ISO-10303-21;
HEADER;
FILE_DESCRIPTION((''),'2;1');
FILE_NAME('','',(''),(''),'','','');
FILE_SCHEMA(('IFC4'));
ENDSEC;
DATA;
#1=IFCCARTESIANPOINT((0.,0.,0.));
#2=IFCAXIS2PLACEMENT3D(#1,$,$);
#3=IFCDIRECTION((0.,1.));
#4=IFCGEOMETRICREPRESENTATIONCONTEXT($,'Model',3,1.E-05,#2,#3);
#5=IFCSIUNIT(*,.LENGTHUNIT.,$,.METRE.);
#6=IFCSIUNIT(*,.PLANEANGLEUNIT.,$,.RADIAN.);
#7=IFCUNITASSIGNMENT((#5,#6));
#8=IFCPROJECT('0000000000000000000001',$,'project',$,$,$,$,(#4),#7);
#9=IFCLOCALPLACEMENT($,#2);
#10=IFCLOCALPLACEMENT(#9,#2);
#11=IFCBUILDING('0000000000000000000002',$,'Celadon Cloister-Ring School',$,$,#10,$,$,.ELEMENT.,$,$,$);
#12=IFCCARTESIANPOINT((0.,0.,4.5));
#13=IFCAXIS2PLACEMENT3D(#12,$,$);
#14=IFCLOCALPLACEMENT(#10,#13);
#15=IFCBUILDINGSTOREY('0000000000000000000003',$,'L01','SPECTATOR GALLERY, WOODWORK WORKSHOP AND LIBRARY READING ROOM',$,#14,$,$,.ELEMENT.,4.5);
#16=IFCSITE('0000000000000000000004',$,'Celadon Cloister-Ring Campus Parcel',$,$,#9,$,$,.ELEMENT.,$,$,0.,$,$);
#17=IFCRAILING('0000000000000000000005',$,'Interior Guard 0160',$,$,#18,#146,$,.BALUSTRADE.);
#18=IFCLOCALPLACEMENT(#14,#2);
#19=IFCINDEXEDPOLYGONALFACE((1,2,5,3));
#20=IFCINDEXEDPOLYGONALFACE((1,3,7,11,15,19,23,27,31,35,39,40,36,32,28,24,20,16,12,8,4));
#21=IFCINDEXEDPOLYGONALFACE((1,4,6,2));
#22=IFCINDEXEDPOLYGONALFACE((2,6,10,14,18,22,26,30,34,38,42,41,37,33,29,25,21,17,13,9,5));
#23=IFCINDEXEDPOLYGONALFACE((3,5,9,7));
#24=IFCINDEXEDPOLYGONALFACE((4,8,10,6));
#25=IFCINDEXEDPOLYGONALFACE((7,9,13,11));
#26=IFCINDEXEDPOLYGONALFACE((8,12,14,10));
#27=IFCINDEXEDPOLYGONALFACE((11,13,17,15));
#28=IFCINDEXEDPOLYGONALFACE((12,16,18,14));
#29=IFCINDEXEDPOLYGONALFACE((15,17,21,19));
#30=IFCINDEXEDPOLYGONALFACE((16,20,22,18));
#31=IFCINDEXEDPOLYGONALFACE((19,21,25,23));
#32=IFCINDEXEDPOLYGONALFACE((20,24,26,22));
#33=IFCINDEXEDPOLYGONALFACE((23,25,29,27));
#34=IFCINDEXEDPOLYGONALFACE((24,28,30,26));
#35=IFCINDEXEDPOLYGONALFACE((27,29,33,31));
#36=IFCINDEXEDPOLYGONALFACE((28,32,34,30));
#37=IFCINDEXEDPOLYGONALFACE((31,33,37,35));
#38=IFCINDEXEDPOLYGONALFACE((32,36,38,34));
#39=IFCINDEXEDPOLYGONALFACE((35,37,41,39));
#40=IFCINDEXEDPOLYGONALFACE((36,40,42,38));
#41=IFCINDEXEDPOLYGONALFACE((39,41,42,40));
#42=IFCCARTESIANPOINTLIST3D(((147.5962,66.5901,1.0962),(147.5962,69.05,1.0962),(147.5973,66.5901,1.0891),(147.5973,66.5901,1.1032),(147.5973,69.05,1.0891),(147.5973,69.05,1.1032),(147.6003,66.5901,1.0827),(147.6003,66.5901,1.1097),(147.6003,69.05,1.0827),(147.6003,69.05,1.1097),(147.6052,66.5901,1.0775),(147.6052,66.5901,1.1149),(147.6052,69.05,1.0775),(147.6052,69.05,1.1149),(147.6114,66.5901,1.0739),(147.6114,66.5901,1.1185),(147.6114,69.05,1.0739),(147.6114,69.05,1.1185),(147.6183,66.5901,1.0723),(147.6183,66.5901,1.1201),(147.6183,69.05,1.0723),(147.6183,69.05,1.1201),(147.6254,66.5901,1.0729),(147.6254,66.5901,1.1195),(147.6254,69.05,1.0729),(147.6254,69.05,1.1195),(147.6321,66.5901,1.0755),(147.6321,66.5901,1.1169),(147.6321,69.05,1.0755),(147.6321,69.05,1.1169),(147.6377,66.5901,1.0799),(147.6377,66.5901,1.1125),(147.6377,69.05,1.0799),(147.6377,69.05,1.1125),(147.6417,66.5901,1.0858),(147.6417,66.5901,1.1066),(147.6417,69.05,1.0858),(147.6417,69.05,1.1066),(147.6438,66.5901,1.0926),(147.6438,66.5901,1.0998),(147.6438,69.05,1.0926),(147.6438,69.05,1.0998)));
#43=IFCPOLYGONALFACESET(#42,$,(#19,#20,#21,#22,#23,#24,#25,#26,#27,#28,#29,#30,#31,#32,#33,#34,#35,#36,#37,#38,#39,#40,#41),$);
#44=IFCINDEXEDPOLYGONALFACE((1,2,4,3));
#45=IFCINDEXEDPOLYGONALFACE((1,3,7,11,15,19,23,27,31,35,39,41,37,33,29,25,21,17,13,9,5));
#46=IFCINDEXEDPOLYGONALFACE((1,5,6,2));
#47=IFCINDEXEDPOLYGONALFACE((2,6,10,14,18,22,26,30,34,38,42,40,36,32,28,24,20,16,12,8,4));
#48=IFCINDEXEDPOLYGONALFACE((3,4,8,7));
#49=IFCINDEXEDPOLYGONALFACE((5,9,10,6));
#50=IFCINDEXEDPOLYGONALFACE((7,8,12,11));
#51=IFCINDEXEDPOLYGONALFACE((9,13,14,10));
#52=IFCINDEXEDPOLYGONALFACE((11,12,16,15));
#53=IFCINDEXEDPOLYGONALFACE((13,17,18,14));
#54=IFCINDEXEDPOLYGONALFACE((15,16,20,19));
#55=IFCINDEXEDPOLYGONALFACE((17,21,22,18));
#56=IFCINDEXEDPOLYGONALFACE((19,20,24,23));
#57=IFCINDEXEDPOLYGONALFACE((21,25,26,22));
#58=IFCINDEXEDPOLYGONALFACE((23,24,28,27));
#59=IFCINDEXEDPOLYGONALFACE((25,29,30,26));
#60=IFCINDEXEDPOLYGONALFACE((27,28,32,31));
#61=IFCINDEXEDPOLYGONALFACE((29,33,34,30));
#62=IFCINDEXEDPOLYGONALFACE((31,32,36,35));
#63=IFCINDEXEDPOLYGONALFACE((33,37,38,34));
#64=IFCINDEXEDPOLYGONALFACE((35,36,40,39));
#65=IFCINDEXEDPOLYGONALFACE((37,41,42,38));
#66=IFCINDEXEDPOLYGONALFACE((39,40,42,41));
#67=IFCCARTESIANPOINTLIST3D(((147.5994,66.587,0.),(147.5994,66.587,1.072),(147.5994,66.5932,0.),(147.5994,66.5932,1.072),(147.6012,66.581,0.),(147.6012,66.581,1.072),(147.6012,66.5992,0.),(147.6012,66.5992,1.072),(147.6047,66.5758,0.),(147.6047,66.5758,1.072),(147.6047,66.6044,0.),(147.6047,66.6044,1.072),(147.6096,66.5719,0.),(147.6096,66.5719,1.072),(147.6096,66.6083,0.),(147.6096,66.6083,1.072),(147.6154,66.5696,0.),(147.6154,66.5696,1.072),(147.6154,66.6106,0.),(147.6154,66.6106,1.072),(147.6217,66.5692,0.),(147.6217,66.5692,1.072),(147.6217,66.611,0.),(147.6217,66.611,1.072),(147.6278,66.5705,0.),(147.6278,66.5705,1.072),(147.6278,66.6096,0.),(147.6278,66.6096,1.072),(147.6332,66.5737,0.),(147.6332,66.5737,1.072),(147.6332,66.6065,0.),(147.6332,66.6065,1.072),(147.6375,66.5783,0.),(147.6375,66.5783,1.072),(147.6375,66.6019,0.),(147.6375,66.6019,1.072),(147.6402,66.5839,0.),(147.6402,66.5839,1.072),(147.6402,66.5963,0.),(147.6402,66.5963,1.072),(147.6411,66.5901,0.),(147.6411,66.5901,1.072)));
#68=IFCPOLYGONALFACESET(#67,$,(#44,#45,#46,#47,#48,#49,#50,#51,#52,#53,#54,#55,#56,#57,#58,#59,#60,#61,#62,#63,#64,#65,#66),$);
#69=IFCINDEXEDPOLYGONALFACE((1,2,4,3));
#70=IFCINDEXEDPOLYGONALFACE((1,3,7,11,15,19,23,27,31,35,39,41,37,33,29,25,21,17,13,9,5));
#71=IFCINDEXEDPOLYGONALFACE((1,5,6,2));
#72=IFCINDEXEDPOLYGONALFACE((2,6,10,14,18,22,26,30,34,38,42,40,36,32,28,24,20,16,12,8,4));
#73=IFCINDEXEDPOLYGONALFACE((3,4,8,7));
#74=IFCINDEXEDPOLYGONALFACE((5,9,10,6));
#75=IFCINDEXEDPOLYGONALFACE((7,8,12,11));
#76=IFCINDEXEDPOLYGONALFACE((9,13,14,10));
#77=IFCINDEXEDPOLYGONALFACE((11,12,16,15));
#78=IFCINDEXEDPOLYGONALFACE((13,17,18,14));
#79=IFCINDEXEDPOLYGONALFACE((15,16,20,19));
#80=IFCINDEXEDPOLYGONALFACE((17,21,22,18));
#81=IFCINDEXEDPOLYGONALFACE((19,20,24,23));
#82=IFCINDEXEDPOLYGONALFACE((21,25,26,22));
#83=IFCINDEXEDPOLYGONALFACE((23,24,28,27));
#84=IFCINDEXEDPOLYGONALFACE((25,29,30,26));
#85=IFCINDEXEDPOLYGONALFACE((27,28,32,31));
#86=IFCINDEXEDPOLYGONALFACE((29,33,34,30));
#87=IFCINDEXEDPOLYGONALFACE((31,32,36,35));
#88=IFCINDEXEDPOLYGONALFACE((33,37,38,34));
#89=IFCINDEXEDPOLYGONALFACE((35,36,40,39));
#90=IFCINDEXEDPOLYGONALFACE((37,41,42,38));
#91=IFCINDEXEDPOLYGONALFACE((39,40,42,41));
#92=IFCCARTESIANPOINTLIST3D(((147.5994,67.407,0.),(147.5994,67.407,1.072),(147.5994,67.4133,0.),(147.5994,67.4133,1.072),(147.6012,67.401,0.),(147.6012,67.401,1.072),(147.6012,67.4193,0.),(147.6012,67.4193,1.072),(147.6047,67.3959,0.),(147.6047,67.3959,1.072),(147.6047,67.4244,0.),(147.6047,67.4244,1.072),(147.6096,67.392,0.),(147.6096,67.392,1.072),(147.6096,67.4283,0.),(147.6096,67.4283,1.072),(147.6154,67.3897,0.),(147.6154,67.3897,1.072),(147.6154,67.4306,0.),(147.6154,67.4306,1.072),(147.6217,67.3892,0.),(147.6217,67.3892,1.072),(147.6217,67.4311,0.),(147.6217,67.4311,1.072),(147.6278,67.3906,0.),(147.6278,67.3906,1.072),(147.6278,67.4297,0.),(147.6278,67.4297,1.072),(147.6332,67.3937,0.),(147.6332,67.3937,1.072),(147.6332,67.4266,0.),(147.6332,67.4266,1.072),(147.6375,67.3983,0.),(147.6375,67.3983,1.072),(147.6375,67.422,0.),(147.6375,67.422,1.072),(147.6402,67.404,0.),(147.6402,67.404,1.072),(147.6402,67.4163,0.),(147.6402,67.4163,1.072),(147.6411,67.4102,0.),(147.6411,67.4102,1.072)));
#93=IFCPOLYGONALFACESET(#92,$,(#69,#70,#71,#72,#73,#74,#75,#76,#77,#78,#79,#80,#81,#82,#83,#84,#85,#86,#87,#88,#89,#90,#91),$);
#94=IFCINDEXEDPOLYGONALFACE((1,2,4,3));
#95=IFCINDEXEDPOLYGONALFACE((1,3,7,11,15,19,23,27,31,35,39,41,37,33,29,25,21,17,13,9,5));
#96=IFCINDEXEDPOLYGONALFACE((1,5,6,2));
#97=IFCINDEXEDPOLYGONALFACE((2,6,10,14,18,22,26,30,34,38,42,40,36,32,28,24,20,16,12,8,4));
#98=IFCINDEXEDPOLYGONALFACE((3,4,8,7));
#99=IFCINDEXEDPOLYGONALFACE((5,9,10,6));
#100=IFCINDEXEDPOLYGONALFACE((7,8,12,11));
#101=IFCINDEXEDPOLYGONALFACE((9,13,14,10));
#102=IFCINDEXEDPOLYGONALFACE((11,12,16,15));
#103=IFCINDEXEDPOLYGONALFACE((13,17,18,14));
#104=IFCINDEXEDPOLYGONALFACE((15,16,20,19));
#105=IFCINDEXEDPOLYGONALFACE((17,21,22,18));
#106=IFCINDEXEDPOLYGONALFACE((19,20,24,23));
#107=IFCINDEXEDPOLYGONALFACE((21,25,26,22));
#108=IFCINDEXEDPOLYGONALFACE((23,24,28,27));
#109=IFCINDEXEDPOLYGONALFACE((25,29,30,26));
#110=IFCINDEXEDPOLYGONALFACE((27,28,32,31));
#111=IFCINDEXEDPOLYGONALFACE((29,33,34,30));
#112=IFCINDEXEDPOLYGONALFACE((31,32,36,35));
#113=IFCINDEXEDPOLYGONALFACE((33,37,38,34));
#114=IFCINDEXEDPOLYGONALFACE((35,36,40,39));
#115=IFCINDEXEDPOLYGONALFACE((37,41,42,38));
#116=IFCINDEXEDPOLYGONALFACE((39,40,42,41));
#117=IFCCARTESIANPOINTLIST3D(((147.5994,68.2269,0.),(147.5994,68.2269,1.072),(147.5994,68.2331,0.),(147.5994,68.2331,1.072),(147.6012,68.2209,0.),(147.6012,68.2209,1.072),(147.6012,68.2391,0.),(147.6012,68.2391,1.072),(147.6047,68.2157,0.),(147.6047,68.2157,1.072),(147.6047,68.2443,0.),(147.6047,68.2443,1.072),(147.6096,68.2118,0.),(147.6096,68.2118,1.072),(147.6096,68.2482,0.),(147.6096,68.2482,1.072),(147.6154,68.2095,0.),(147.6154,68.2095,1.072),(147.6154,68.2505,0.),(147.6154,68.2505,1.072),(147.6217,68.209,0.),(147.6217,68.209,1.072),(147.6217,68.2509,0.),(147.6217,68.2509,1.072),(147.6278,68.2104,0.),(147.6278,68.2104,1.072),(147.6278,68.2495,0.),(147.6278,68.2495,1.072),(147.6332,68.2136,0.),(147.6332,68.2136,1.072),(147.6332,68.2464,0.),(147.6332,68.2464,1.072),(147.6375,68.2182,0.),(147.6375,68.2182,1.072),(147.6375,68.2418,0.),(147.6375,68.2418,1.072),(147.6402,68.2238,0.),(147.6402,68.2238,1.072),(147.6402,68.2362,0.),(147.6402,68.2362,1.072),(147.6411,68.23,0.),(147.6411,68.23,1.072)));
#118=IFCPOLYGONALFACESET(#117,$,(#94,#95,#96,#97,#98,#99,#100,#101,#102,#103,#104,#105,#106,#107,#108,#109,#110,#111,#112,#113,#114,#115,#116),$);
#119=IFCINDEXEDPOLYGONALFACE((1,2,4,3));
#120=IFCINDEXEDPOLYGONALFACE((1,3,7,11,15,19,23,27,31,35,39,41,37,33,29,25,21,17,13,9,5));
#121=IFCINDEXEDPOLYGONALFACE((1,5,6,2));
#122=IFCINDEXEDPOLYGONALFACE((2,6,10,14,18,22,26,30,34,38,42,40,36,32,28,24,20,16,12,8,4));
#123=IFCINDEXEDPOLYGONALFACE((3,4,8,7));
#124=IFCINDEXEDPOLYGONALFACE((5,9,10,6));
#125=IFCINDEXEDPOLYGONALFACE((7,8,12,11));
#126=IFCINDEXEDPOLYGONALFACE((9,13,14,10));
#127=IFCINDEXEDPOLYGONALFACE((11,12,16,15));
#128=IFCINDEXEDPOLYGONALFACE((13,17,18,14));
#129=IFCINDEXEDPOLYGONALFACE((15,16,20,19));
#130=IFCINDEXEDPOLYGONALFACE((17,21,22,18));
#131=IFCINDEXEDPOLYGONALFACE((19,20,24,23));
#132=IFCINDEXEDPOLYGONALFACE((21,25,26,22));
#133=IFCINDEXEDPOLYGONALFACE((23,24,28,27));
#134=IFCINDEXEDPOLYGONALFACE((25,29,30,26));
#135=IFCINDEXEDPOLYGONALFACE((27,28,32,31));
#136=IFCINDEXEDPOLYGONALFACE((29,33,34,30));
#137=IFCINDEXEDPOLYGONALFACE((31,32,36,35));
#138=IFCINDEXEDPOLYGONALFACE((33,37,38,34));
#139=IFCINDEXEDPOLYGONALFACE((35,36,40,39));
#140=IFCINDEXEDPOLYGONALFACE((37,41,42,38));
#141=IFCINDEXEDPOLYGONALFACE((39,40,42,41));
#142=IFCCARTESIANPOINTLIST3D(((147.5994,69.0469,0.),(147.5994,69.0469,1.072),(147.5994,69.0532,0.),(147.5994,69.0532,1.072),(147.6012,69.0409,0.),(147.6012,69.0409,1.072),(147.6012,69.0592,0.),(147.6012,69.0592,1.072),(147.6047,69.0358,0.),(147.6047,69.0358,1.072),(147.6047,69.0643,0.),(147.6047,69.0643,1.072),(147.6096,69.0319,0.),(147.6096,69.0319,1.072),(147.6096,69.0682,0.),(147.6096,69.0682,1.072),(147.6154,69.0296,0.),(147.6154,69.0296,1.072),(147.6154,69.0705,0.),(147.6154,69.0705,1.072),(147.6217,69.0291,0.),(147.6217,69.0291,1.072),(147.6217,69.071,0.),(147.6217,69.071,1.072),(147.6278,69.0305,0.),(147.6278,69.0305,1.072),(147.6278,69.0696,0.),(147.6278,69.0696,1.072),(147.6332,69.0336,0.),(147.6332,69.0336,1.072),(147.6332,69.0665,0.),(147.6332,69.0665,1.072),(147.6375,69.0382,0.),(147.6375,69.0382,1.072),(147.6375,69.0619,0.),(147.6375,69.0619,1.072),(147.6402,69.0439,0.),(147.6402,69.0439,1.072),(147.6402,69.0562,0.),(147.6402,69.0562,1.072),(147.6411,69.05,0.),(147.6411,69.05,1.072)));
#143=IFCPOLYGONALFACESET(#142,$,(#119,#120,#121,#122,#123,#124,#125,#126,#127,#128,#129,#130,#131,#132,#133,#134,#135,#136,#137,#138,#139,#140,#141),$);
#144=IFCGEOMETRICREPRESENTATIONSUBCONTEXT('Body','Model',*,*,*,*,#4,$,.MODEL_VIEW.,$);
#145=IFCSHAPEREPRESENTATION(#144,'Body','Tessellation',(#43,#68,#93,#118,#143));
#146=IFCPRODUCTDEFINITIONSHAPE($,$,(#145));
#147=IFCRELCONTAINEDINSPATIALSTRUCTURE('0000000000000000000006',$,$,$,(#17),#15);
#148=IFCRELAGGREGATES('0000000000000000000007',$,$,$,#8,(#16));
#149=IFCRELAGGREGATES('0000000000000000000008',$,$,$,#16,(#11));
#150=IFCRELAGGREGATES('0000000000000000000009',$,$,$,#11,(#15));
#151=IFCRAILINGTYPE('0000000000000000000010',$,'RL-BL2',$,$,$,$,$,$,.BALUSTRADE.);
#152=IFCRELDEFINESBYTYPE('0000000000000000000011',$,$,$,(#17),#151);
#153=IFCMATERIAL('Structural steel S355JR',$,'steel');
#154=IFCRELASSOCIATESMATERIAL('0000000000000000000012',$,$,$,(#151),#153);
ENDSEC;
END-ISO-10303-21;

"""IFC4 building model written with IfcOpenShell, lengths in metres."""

from ifc_helpers import new_model, si_unit, direction, frame, origin, origin_2d, place, context, subcontext, project, spatial, circle, extrude, material, type_object, element, save


model = new_model("IFC4")

# Units and contexts
model_context = context("Model", 3, precision=1e-05, world=origin(), true_north=direction((0.0, 1.0)))
body_context = subcontext(model_context, "Body", "Model", "MODEL_VIEW")
ifc_project = project(units=[si_unit("LENGTHUNIT", "METRE"), si_unit("PLANEANGLEUNIT", "RADIAN")], contexts=[model_context])

# Site, building, storey
site_placement = place(None, origin())
site = spatial("IfcSite", under=ifc_project, at=site_placement, Name="Celadon Cloister-Ring Campus Parcel", CompositionType="ELEMENT", RefElevation=0.0)
building_placement = place(site_placement, origin())
building = spatial("IfcBuilding", under=site, at=building_placement, Name="Celadon Cloister-Ring School", CompositionType="ELEMENT")
storey_placement = place(building_placement, frame((0.0, 0.0, 4.5)))
storey = spatial("IfcBuildingStorey", under=building, at=storey_placement, Name="L01", Description="SPECTATOR GALLERY, WOODWORK WORKSHOP AND LIBRARY READING ROOM", CompositionType="ELEMENT", Elevation=4.5)

# Railing
ifc_material_1 = material(Name="Structural steel S355JR", Category="steel")
railing_type_1 = type_object("IfcRailingType", Name="RL-BL2", PredefinedType="BALUSTRADE", material=ifc_material_1)
railing_1_placement = place(storey_placement, frame((147.6201, 66.5901, 0.0)))
element("IfcRailing", 1, at=railing_1_placement, inside=storey, type_object=railing_type_1, Name="Interior Guard 0160", PredefinedType="BALUSTRADE", context=body_context, shape_type="SweptSolid", body=[
    extrude(circle(Radius=0.0239, at=origin_2d()), frame((0.0, 0.0, 1.0962), z_axis=(0.0, 1.0, 0.0), x_axis=(-1.0, 0.0, 0.0)), (0.0, 0.0, 1.0), 2.46),
    extrude(circle(Radius=0.021, at=origin_2d()), origin(), (0.0, 0.0, 1.0), 1.072),
    extrude(circle(Radius=0.021, at=origin_2d()), frame((0.0, 0.8201, 0.0)), (0.0, 0.0, 1.0), 1.072),
    extrude(circle(Radius=0.021, at=origin_2d()), frame((0.0, 1.6399, 0.0)), (0.0, 0.0, 1.0), 1.072),
    extrude(circle(Radius=0.021, at=origin_2d()), frame((0.0, 2.46, 0.0)), (0.0, 0.0, 1.0), 1.072),
])

save(model, "model.ifc")
